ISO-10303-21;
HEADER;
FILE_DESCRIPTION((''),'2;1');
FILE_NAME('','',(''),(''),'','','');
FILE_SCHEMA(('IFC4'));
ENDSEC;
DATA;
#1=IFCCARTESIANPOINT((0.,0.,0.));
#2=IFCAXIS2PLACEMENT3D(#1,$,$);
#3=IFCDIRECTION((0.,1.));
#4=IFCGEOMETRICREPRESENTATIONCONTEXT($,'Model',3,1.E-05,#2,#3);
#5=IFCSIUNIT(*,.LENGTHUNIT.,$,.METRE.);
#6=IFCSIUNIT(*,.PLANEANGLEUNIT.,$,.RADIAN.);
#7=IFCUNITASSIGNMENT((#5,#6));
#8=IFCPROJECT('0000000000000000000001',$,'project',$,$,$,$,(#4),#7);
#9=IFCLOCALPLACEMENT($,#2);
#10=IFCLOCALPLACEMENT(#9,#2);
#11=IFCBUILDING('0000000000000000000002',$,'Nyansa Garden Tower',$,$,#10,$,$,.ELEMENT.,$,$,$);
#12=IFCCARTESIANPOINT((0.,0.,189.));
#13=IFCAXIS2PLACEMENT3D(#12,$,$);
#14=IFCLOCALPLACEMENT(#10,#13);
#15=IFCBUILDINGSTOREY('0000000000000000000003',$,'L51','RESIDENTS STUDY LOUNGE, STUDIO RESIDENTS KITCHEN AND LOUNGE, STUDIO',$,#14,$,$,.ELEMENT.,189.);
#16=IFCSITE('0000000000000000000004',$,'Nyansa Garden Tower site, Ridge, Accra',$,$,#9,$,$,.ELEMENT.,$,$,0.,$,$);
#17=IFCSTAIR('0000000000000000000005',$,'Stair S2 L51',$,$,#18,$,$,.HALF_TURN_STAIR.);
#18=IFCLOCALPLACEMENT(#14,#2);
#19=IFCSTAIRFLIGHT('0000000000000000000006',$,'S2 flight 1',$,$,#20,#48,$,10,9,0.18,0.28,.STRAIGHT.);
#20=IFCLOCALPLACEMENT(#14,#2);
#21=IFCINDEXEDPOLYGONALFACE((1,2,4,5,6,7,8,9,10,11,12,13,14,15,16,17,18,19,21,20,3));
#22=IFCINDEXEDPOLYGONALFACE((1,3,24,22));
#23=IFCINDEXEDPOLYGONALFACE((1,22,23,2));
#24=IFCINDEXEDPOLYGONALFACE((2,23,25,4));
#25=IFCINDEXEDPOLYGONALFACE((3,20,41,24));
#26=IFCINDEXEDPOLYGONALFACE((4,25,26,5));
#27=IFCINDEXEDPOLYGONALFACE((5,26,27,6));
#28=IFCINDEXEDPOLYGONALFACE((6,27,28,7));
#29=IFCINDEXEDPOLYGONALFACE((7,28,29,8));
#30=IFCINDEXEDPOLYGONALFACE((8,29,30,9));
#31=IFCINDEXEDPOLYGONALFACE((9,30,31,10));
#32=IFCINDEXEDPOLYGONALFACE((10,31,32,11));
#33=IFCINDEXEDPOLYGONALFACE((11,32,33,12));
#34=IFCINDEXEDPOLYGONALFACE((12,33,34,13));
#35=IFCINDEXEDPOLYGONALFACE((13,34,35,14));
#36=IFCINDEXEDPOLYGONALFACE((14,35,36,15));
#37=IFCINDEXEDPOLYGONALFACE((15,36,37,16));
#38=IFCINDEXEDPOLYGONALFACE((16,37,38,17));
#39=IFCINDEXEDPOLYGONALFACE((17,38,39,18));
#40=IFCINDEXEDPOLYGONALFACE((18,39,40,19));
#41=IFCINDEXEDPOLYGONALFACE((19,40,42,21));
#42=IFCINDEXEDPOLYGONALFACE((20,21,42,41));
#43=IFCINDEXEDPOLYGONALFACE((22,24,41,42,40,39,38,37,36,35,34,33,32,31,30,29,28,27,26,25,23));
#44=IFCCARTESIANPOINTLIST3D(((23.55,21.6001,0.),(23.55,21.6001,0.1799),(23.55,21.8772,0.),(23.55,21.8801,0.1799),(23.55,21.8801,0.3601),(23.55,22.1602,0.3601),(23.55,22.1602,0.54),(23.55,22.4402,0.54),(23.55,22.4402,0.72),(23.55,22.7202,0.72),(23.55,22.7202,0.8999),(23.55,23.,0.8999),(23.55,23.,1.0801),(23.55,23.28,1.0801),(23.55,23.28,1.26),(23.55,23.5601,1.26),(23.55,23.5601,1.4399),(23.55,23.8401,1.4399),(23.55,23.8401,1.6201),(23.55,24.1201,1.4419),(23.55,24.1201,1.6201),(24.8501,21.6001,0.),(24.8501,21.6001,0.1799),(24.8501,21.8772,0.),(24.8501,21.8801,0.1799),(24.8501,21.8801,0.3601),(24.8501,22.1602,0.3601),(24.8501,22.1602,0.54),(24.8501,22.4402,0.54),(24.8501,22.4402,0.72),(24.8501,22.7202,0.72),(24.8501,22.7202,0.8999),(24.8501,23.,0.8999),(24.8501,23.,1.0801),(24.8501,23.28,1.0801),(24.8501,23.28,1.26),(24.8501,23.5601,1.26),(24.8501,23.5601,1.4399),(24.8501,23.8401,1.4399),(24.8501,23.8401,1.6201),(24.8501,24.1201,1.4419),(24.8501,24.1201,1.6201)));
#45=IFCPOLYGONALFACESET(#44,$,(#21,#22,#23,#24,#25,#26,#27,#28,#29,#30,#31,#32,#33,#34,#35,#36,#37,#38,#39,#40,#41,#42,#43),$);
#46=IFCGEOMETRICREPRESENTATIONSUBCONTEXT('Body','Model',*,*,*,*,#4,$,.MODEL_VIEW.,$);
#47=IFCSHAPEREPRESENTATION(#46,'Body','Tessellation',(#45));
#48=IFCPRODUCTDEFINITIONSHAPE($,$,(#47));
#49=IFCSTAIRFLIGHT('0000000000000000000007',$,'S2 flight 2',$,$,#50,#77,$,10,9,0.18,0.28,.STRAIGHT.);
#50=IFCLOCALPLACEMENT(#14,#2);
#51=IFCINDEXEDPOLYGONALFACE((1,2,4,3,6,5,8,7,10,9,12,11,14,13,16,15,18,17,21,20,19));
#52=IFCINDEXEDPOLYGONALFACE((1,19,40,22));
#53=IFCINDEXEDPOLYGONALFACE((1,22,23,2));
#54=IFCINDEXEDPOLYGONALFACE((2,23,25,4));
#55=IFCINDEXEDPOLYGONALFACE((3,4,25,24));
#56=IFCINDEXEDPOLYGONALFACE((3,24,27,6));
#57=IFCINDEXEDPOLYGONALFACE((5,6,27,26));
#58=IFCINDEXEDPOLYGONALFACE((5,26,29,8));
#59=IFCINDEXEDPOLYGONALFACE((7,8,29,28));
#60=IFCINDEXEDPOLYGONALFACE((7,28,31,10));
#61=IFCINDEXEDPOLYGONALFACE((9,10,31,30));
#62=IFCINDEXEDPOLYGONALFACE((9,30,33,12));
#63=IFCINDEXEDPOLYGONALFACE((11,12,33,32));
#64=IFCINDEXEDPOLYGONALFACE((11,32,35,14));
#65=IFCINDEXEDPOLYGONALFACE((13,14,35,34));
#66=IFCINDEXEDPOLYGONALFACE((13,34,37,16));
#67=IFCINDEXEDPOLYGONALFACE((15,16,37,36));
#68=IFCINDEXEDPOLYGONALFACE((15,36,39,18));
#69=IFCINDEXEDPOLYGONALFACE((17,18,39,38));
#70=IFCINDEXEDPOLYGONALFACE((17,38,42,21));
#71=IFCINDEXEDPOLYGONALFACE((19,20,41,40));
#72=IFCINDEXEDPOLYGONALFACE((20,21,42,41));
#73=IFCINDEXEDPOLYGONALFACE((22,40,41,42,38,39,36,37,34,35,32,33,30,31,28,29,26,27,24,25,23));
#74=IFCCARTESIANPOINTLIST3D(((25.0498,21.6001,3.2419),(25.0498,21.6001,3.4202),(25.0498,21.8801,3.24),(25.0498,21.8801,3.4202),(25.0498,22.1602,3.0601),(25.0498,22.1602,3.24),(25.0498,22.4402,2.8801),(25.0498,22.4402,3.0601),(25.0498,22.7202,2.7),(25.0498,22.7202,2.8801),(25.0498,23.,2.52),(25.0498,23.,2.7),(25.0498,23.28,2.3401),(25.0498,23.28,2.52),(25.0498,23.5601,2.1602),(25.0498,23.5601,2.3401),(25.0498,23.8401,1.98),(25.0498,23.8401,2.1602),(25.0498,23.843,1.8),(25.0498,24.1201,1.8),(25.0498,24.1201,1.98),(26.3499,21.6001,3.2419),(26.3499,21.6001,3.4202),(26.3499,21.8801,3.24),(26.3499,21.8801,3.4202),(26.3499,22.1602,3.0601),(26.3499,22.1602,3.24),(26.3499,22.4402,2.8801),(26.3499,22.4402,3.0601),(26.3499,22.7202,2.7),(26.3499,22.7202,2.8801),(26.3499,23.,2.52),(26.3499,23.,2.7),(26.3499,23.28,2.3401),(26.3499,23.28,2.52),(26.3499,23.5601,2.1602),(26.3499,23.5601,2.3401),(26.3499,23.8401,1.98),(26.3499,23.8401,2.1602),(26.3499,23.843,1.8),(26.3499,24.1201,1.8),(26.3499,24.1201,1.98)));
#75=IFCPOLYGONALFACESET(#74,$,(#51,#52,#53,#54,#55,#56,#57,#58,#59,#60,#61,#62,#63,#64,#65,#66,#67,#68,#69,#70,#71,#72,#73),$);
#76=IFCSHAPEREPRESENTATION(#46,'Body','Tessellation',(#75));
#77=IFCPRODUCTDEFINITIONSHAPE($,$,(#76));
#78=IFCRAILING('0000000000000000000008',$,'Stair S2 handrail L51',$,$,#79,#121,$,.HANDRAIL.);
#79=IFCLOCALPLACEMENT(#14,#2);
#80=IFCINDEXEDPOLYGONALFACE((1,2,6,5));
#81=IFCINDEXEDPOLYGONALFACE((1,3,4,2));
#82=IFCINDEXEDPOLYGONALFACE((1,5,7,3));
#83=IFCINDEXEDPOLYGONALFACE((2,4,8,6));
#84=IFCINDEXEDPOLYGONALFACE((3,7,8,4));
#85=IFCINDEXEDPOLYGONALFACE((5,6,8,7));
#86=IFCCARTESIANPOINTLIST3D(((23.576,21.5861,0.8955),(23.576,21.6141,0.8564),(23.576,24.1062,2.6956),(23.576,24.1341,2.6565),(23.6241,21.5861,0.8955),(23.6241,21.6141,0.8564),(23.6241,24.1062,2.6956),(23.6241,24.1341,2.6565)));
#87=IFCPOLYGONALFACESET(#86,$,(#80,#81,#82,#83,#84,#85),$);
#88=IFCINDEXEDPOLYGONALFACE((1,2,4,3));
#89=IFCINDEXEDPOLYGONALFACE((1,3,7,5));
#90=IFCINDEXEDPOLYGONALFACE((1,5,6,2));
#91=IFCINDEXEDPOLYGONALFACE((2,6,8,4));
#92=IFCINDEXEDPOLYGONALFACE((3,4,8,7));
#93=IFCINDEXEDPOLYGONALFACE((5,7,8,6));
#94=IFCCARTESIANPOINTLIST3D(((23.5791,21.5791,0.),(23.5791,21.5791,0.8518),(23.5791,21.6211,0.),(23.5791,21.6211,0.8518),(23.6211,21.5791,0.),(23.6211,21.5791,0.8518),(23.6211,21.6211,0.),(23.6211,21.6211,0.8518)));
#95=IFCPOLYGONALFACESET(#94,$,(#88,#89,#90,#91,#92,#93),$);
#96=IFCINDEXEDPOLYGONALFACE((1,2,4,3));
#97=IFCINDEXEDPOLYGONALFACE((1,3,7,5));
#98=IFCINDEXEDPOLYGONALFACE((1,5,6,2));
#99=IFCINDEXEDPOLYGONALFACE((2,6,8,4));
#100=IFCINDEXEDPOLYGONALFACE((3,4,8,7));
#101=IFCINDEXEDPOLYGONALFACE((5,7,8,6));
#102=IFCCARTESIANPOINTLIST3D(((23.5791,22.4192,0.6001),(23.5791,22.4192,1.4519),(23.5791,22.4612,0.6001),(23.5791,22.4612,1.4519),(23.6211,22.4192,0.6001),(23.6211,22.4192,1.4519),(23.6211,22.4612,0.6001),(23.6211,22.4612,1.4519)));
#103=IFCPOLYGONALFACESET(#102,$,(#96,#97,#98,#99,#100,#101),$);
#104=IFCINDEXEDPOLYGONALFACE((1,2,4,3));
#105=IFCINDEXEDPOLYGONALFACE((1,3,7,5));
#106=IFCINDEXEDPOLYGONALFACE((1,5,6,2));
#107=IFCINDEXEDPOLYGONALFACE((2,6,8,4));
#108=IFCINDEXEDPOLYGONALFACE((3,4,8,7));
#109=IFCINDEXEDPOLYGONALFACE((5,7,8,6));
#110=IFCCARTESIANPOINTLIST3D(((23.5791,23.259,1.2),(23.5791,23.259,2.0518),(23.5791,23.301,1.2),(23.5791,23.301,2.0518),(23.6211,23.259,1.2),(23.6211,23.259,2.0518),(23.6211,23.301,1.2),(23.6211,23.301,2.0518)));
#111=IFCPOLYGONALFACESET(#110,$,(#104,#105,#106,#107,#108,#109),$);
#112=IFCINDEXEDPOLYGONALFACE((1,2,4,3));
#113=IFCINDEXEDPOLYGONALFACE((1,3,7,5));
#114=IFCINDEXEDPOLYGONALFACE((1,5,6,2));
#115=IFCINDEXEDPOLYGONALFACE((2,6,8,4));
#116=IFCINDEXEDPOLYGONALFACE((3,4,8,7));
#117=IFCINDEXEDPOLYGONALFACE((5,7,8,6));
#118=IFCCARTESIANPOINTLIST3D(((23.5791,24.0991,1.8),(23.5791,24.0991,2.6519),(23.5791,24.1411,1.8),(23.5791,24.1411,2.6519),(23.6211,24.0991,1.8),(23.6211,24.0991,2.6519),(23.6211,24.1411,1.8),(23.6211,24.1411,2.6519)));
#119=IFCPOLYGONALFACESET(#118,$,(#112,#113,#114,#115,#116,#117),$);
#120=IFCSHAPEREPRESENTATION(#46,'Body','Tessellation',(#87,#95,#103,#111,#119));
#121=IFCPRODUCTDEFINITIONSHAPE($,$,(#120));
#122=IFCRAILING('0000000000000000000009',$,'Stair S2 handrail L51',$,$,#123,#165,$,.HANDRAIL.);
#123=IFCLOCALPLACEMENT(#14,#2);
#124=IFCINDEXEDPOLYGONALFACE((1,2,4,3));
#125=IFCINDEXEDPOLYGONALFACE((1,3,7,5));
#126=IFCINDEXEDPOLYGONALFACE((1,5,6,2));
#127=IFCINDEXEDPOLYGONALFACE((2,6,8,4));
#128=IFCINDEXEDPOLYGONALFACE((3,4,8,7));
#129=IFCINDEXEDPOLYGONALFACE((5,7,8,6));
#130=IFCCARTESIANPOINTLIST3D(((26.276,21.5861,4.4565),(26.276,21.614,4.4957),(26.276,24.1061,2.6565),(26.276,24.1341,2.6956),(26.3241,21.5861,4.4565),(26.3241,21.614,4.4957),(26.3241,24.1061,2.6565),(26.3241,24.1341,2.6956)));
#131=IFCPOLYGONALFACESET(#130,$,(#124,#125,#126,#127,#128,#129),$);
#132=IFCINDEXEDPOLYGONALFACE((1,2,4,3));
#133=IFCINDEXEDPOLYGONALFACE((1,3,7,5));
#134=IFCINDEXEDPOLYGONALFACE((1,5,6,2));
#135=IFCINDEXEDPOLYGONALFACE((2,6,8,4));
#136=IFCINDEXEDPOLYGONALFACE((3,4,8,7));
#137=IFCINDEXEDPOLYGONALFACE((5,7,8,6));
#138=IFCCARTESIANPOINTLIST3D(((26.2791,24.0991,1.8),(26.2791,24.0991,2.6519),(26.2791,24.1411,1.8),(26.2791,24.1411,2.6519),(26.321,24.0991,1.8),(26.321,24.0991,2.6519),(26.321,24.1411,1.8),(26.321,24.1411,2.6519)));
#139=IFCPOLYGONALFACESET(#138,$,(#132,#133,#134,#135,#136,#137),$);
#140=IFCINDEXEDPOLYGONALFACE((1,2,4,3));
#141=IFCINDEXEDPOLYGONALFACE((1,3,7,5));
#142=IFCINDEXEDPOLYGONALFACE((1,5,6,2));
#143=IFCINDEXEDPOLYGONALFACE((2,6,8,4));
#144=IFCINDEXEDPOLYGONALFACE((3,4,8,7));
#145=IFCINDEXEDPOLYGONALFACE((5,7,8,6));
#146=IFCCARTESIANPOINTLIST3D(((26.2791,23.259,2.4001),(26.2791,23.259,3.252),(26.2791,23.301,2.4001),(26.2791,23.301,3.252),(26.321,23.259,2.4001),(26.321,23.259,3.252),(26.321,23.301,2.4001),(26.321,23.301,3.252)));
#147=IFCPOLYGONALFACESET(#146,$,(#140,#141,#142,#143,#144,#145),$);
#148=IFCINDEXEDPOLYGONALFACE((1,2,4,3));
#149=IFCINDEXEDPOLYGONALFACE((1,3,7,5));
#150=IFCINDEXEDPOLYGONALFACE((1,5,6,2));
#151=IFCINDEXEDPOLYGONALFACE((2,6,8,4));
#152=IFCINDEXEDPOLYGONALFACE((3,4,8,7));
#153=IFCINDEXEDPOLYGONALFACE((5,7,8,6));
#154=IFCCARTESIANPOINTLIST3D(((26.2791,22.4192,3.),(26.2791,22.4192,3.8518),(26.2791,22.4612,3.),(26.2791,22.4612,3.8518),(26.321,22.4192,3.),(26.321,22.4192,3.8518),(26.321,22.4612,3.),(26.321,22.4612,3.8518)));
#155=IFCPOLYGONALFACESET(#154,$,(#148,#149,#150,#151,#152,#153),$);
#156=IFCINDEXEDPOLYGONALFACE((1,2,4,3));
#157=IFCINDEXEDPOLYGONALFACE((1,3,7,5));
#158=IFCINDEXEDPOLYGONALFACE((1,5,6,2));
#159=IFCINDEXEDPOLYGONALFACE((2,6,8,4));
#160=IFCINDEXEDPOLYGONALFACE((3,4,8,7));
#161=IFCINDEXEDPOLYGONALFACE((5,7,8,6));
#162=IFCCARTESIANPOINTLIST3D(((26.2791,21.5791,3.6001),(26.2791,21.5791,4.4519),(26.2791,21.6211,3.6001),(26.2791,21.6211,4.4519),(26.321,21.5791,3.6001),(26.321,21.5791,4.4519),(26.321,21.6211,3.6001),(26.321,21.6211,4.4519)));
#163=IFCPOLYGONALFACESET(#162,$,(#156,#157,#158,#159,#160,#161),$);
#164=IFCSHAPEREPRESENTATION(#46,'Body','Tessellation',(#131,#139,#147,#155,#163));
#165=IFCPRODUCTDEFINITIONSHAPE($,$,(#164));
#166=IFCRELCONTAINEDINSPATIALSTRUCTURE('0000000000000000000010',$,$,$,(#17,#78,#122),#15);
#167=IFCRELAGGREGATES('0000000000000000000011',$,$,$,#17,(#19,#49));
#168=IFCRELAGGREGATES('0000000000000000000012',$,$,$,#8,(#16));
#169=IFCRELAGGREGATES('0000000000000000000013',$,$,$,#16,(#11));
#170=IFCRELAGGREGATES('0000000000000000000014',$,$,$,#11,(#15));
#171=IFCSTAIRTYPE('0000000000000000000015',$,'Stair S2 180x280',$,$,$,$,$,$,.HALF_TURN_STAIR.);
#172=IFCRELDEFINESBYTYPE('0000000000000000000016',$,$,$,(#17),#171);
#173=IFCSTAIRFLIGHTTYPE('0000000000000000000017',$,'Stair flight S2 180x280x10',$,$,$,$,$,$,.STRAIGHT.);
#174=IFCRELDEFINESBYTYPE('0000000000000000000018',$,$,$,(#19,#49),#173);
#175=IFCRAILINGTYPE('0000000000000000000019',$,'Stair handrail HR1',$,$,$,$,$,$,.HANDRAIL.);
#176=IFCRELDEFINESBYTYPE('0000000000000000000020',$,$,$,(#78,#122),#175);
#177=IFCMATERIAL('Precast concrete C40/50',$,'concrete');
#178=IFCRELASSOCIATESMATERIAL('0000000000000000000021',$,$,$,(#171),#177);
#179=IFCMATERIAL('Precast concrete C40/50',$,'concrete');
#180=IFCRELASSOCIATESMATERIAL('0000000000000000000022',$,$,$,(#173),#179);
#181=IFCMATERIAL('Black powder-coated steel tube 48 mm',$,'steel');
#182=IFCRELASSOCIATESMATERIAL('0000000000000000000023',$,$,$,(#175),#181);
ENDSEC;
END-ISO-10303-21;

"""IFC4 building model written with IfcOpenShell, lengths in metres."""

from ifc_helpers import new_model, si_unit, direction, frame, origin, origin_2d, place, context, subcontext, project, spatial, polyline, rectangle, outline, extrude, material, type_object, element, aggregate, save


model = new_model("IFC4")

# Units and contexts
model_context = context("Model", 3, precision=1e-05, world=origin(), true_north=direction((0.0, 1.0)))
body_context = subcontext(model_context, "Body", "Model", "MODEL_VIEW")
ifc_project = project(units=[si_unit("LENGTHUNIT", "METRE"), si_unit("PLANEANGLEUNIT", "RADIAN")], contexts=[model_context])

# Site, building, storey
site_placement = place(None, origin())
site = spatial("IfcSite", under=ifc_project, at=site_placement, Name="Nyansa Garden Tower site, Ridge, Accra", CompositionType="ELEMENT", RefElevation=0.0)
building_placement = place(site_placement, origin())
building = spatial("IfcBuilding", under=site, at=building_placement, Name="Nyansa Garden Tower", CompositionType="ELEMENT")
storey_placement = place(building_placement, frame((0.0, 0.0, 189.0)))
storey = spatial("IfcBuildingStorey", under=building, at=storey_placement, Name="L51", Description="RESIDENTS STUDY LOUNGE, STUDIO RESIDENTS KITCHEN AND LOUNGE, STUDIO", CompositionType="ELEMENT", Elevation=189.0)

# Stair, stair flights
ifc_material_1 = material(Name="Precast concrete C40/50", Category="concrete")
stair_type = type_object("IfcStairType", Name="Stair S2 180x280", PredefinedType="HALF_TURN_STAIR", material=ifc_material_1)
stair_placement = place(storey_placement, origin())
stair = element("IfcStair", 1, at=stair_placement, inside=storey, type_object=stair_type, Name="Stair S2 L51", PredefinedType="HALF_TURN_STAIR")
ifc_material_2 = material(Name="Precast concrete C40/50", Category="concrete")
stair_flight_type = type_object("IfcStairFlightType", Name="Stair flight S2 180x280x10", PredefinedType="STRAIGHT", material=ifc_material_2)
stair_flight_1_placement = place(storey_placement, frame((24.2, 21.6001, 0.0), z_axis=(0.0, 0.0, 1.0), x_axis=(0.0, 1.0, 0.0)))
stair_flight_1 = element("IfcStairFlight", 2, at=stair_flight_1_placement, type_object=stair_flight_type, Name="S2 flight 1", NumberOfRisers=10, NumberOfTreads=9, PredefinedType="STRAIGHT", RiserHeight=0.18, TreadLength=0.28, context=body_context, shape_type="SweptSolid", body=[
    extrude(outline(polyline([(0.0, 0.0), (0.0, 0.1799), (0.28, 0.1799), (0.28, 0.3601), (0.5601, 0.3601), (0.5601, 0.54), (0.8401, 0.54), (0.8401, 0.72), (1.1201, 0.72), (1.1201, 0.8999), (1.3999, 0.8999), (1.3999, 1.0801), (1.6799, 1.0801), (1.6799, 1.26), (1.96, 1.26), (1.96, 1.4399), (2.24, 1.4399), (2.24, 1.6201), (2.52, 1.6201), (2.52, 1.8), (2.52, 1.4419), (0.2771, 0.0), (0.0, 0.0)])), frame((0.0, 0.6499, 0.0), z_axis=(0.0, -1.0, 0.0), x_axis=(1.0, 0.0, 0.0)), (0.0, 0.0, 1.0), 1.3),
])
stair_flight_2_placement = place(storey_placement, frame((25.7, 24.1201, 1.8), z_axis=(0.0, 0.0, 1.0), x_axis=(0.0, -1.0, 0.0)))
stair_flight_2 = element("IfcStairFlight", 3, at=stair_flight_2_placement, type_object=stair_flight_type, Name="S2 flight 2", NumberOfRisers=10, NumberOfTreads=9, PredefinedType="STRAIGHT", RiserHeight=0.18, TreadLength=0.28, context=body_context, shape_type="SweptSolid", body=[
    extrude(outline(polyline([(0.0, 0.0), (0.0, 0.1799), (0.28, 0.1799), (0.28, 0.3601), (0.5601, 0.3601), (0.5601, 0.54), (0.8401, 0.54), (0.8401, 0.72), (1.1201, 0.72), (1.1201, 0.8999), (1.3999, 0.8999), (1.3999, 1.0801), (1.6799, 1.0801), (1.6799, 1.26), (1.96, 1.26), (1.96, 1.4399), (2.24, 1.4399), (2.24, 1.6201), (2.52, 1.6201), (2.52, 1.8), (2.52, 1.4419), (0.2771, 0.0), (0.0, 0.0)])), frame((0.0, 0.6499, 0.0), z_axis=(0.0, -1.0, 0.0), x_axis=(1.0, 0.0, 0.0)), (0.0, 0.0, 1.0), 1.3),
])
aggregate(stair, [stair_flight_1, stair_flight_2])

# Railings
ifc_material_3 = material(Name="Black powder-coated steel tube 48 mm", Category="steel")
railing_type = type_object("IfcRailingType", Name="Stair handrail HR1", PredefinedType="HANDRAIL", material=ifc_material_3)
railing_1_placement = place(storey_placement, frame((23.6001, 21.6001, 0.0)))
element("IfcRailing", 4, at=railing_1_placement, inside=storey, type_object=railing_type, Name="Stair S2 handrail L51", PredefinedType="HANDRAIL", context=body_context, shape_type="SweptSolid", body=[
    extrude(rectangle(XDim=0.0481, YDim=0.0481, at=origin_2d()), frame((0.0, 0.0, 0.876), z_axis=(0.0, 0.813728, 0.581246), x_axis=(-1.0, 0.0, 0.0)), (0.0, 0.0, 1.0), 3.0969),
    extrude(rectangle(XDim=0.042, YDim=0.042, at=origin_2d()), origin(), (0.0, 0.0, 1.0), 0.8518),
    extrude(rectangle(XDim=0.042, YDim=0.042, at=origin_2d()), frame((0.0, 0.8401, 0.6001)), (0.0, 0.0, 1.0), 0.8518),
    extrude(rectangle(XDim=0.042, YDim=0.042, at=origin_2d()), frame((0.0, 1.6799, 1.2)), (0.0, 0.0, 1.0), 0.8518),
    extrude(rectangle(XDim=0.042, YDim=0.042, at=origin_2d()), frame((0.0, 2.52, 1.8)), (0.0, 0.0, 1.0), 0.8518),
])
railing_2_placement = place(storey_placement, frame((26.3, 24.1201, 1.8)))
element("IfcRailing", 5, at=railing_2_placement, inside=storey, type_object=railing_type, Name="Stair S2 handrail L51", PredefinedType="HANDRAIL", context=body_context, shape_type="SweptSolid", body=[
    extrude(rectangle(XDim=0.0481, YDim=0.0481, at=origin_2d()), frame((0.0, 0.0, 0.876), z_axis=(0.0, -0.813728, 0.581246), x_axis=(1.0, 0.0, 0.0)), (0.0, 0.0, 1.0), 3.0969),
    extrude(rectangle(XDim=0.042, YDim=0.042, at=origin_2d()), origin(), (0.0, 0.0, 1.0), 0.8518),
    extrude(rectangle(XDim=0.042, YDim=0.042, at=origin_2d()), frame((0.0, -0.8401, 0.6001)), (0.0, 0.0, 1.0), 0.8518),
    extrude(rectangle(XDim=0.042, YDim=0.042, at=origin_2d()), frame((0.0, -1.6799, 1.2)), (0.0, 0.0, 1.0), 0.8518),
    extrude(rectangle(XDim=0.042, YDim=0.042, at=origin_2d()), frame((0.0, -2.52, 1.8)), (0.0, 0.0, 1.0), 0.8518),
])

save(model, "model.ifc")
